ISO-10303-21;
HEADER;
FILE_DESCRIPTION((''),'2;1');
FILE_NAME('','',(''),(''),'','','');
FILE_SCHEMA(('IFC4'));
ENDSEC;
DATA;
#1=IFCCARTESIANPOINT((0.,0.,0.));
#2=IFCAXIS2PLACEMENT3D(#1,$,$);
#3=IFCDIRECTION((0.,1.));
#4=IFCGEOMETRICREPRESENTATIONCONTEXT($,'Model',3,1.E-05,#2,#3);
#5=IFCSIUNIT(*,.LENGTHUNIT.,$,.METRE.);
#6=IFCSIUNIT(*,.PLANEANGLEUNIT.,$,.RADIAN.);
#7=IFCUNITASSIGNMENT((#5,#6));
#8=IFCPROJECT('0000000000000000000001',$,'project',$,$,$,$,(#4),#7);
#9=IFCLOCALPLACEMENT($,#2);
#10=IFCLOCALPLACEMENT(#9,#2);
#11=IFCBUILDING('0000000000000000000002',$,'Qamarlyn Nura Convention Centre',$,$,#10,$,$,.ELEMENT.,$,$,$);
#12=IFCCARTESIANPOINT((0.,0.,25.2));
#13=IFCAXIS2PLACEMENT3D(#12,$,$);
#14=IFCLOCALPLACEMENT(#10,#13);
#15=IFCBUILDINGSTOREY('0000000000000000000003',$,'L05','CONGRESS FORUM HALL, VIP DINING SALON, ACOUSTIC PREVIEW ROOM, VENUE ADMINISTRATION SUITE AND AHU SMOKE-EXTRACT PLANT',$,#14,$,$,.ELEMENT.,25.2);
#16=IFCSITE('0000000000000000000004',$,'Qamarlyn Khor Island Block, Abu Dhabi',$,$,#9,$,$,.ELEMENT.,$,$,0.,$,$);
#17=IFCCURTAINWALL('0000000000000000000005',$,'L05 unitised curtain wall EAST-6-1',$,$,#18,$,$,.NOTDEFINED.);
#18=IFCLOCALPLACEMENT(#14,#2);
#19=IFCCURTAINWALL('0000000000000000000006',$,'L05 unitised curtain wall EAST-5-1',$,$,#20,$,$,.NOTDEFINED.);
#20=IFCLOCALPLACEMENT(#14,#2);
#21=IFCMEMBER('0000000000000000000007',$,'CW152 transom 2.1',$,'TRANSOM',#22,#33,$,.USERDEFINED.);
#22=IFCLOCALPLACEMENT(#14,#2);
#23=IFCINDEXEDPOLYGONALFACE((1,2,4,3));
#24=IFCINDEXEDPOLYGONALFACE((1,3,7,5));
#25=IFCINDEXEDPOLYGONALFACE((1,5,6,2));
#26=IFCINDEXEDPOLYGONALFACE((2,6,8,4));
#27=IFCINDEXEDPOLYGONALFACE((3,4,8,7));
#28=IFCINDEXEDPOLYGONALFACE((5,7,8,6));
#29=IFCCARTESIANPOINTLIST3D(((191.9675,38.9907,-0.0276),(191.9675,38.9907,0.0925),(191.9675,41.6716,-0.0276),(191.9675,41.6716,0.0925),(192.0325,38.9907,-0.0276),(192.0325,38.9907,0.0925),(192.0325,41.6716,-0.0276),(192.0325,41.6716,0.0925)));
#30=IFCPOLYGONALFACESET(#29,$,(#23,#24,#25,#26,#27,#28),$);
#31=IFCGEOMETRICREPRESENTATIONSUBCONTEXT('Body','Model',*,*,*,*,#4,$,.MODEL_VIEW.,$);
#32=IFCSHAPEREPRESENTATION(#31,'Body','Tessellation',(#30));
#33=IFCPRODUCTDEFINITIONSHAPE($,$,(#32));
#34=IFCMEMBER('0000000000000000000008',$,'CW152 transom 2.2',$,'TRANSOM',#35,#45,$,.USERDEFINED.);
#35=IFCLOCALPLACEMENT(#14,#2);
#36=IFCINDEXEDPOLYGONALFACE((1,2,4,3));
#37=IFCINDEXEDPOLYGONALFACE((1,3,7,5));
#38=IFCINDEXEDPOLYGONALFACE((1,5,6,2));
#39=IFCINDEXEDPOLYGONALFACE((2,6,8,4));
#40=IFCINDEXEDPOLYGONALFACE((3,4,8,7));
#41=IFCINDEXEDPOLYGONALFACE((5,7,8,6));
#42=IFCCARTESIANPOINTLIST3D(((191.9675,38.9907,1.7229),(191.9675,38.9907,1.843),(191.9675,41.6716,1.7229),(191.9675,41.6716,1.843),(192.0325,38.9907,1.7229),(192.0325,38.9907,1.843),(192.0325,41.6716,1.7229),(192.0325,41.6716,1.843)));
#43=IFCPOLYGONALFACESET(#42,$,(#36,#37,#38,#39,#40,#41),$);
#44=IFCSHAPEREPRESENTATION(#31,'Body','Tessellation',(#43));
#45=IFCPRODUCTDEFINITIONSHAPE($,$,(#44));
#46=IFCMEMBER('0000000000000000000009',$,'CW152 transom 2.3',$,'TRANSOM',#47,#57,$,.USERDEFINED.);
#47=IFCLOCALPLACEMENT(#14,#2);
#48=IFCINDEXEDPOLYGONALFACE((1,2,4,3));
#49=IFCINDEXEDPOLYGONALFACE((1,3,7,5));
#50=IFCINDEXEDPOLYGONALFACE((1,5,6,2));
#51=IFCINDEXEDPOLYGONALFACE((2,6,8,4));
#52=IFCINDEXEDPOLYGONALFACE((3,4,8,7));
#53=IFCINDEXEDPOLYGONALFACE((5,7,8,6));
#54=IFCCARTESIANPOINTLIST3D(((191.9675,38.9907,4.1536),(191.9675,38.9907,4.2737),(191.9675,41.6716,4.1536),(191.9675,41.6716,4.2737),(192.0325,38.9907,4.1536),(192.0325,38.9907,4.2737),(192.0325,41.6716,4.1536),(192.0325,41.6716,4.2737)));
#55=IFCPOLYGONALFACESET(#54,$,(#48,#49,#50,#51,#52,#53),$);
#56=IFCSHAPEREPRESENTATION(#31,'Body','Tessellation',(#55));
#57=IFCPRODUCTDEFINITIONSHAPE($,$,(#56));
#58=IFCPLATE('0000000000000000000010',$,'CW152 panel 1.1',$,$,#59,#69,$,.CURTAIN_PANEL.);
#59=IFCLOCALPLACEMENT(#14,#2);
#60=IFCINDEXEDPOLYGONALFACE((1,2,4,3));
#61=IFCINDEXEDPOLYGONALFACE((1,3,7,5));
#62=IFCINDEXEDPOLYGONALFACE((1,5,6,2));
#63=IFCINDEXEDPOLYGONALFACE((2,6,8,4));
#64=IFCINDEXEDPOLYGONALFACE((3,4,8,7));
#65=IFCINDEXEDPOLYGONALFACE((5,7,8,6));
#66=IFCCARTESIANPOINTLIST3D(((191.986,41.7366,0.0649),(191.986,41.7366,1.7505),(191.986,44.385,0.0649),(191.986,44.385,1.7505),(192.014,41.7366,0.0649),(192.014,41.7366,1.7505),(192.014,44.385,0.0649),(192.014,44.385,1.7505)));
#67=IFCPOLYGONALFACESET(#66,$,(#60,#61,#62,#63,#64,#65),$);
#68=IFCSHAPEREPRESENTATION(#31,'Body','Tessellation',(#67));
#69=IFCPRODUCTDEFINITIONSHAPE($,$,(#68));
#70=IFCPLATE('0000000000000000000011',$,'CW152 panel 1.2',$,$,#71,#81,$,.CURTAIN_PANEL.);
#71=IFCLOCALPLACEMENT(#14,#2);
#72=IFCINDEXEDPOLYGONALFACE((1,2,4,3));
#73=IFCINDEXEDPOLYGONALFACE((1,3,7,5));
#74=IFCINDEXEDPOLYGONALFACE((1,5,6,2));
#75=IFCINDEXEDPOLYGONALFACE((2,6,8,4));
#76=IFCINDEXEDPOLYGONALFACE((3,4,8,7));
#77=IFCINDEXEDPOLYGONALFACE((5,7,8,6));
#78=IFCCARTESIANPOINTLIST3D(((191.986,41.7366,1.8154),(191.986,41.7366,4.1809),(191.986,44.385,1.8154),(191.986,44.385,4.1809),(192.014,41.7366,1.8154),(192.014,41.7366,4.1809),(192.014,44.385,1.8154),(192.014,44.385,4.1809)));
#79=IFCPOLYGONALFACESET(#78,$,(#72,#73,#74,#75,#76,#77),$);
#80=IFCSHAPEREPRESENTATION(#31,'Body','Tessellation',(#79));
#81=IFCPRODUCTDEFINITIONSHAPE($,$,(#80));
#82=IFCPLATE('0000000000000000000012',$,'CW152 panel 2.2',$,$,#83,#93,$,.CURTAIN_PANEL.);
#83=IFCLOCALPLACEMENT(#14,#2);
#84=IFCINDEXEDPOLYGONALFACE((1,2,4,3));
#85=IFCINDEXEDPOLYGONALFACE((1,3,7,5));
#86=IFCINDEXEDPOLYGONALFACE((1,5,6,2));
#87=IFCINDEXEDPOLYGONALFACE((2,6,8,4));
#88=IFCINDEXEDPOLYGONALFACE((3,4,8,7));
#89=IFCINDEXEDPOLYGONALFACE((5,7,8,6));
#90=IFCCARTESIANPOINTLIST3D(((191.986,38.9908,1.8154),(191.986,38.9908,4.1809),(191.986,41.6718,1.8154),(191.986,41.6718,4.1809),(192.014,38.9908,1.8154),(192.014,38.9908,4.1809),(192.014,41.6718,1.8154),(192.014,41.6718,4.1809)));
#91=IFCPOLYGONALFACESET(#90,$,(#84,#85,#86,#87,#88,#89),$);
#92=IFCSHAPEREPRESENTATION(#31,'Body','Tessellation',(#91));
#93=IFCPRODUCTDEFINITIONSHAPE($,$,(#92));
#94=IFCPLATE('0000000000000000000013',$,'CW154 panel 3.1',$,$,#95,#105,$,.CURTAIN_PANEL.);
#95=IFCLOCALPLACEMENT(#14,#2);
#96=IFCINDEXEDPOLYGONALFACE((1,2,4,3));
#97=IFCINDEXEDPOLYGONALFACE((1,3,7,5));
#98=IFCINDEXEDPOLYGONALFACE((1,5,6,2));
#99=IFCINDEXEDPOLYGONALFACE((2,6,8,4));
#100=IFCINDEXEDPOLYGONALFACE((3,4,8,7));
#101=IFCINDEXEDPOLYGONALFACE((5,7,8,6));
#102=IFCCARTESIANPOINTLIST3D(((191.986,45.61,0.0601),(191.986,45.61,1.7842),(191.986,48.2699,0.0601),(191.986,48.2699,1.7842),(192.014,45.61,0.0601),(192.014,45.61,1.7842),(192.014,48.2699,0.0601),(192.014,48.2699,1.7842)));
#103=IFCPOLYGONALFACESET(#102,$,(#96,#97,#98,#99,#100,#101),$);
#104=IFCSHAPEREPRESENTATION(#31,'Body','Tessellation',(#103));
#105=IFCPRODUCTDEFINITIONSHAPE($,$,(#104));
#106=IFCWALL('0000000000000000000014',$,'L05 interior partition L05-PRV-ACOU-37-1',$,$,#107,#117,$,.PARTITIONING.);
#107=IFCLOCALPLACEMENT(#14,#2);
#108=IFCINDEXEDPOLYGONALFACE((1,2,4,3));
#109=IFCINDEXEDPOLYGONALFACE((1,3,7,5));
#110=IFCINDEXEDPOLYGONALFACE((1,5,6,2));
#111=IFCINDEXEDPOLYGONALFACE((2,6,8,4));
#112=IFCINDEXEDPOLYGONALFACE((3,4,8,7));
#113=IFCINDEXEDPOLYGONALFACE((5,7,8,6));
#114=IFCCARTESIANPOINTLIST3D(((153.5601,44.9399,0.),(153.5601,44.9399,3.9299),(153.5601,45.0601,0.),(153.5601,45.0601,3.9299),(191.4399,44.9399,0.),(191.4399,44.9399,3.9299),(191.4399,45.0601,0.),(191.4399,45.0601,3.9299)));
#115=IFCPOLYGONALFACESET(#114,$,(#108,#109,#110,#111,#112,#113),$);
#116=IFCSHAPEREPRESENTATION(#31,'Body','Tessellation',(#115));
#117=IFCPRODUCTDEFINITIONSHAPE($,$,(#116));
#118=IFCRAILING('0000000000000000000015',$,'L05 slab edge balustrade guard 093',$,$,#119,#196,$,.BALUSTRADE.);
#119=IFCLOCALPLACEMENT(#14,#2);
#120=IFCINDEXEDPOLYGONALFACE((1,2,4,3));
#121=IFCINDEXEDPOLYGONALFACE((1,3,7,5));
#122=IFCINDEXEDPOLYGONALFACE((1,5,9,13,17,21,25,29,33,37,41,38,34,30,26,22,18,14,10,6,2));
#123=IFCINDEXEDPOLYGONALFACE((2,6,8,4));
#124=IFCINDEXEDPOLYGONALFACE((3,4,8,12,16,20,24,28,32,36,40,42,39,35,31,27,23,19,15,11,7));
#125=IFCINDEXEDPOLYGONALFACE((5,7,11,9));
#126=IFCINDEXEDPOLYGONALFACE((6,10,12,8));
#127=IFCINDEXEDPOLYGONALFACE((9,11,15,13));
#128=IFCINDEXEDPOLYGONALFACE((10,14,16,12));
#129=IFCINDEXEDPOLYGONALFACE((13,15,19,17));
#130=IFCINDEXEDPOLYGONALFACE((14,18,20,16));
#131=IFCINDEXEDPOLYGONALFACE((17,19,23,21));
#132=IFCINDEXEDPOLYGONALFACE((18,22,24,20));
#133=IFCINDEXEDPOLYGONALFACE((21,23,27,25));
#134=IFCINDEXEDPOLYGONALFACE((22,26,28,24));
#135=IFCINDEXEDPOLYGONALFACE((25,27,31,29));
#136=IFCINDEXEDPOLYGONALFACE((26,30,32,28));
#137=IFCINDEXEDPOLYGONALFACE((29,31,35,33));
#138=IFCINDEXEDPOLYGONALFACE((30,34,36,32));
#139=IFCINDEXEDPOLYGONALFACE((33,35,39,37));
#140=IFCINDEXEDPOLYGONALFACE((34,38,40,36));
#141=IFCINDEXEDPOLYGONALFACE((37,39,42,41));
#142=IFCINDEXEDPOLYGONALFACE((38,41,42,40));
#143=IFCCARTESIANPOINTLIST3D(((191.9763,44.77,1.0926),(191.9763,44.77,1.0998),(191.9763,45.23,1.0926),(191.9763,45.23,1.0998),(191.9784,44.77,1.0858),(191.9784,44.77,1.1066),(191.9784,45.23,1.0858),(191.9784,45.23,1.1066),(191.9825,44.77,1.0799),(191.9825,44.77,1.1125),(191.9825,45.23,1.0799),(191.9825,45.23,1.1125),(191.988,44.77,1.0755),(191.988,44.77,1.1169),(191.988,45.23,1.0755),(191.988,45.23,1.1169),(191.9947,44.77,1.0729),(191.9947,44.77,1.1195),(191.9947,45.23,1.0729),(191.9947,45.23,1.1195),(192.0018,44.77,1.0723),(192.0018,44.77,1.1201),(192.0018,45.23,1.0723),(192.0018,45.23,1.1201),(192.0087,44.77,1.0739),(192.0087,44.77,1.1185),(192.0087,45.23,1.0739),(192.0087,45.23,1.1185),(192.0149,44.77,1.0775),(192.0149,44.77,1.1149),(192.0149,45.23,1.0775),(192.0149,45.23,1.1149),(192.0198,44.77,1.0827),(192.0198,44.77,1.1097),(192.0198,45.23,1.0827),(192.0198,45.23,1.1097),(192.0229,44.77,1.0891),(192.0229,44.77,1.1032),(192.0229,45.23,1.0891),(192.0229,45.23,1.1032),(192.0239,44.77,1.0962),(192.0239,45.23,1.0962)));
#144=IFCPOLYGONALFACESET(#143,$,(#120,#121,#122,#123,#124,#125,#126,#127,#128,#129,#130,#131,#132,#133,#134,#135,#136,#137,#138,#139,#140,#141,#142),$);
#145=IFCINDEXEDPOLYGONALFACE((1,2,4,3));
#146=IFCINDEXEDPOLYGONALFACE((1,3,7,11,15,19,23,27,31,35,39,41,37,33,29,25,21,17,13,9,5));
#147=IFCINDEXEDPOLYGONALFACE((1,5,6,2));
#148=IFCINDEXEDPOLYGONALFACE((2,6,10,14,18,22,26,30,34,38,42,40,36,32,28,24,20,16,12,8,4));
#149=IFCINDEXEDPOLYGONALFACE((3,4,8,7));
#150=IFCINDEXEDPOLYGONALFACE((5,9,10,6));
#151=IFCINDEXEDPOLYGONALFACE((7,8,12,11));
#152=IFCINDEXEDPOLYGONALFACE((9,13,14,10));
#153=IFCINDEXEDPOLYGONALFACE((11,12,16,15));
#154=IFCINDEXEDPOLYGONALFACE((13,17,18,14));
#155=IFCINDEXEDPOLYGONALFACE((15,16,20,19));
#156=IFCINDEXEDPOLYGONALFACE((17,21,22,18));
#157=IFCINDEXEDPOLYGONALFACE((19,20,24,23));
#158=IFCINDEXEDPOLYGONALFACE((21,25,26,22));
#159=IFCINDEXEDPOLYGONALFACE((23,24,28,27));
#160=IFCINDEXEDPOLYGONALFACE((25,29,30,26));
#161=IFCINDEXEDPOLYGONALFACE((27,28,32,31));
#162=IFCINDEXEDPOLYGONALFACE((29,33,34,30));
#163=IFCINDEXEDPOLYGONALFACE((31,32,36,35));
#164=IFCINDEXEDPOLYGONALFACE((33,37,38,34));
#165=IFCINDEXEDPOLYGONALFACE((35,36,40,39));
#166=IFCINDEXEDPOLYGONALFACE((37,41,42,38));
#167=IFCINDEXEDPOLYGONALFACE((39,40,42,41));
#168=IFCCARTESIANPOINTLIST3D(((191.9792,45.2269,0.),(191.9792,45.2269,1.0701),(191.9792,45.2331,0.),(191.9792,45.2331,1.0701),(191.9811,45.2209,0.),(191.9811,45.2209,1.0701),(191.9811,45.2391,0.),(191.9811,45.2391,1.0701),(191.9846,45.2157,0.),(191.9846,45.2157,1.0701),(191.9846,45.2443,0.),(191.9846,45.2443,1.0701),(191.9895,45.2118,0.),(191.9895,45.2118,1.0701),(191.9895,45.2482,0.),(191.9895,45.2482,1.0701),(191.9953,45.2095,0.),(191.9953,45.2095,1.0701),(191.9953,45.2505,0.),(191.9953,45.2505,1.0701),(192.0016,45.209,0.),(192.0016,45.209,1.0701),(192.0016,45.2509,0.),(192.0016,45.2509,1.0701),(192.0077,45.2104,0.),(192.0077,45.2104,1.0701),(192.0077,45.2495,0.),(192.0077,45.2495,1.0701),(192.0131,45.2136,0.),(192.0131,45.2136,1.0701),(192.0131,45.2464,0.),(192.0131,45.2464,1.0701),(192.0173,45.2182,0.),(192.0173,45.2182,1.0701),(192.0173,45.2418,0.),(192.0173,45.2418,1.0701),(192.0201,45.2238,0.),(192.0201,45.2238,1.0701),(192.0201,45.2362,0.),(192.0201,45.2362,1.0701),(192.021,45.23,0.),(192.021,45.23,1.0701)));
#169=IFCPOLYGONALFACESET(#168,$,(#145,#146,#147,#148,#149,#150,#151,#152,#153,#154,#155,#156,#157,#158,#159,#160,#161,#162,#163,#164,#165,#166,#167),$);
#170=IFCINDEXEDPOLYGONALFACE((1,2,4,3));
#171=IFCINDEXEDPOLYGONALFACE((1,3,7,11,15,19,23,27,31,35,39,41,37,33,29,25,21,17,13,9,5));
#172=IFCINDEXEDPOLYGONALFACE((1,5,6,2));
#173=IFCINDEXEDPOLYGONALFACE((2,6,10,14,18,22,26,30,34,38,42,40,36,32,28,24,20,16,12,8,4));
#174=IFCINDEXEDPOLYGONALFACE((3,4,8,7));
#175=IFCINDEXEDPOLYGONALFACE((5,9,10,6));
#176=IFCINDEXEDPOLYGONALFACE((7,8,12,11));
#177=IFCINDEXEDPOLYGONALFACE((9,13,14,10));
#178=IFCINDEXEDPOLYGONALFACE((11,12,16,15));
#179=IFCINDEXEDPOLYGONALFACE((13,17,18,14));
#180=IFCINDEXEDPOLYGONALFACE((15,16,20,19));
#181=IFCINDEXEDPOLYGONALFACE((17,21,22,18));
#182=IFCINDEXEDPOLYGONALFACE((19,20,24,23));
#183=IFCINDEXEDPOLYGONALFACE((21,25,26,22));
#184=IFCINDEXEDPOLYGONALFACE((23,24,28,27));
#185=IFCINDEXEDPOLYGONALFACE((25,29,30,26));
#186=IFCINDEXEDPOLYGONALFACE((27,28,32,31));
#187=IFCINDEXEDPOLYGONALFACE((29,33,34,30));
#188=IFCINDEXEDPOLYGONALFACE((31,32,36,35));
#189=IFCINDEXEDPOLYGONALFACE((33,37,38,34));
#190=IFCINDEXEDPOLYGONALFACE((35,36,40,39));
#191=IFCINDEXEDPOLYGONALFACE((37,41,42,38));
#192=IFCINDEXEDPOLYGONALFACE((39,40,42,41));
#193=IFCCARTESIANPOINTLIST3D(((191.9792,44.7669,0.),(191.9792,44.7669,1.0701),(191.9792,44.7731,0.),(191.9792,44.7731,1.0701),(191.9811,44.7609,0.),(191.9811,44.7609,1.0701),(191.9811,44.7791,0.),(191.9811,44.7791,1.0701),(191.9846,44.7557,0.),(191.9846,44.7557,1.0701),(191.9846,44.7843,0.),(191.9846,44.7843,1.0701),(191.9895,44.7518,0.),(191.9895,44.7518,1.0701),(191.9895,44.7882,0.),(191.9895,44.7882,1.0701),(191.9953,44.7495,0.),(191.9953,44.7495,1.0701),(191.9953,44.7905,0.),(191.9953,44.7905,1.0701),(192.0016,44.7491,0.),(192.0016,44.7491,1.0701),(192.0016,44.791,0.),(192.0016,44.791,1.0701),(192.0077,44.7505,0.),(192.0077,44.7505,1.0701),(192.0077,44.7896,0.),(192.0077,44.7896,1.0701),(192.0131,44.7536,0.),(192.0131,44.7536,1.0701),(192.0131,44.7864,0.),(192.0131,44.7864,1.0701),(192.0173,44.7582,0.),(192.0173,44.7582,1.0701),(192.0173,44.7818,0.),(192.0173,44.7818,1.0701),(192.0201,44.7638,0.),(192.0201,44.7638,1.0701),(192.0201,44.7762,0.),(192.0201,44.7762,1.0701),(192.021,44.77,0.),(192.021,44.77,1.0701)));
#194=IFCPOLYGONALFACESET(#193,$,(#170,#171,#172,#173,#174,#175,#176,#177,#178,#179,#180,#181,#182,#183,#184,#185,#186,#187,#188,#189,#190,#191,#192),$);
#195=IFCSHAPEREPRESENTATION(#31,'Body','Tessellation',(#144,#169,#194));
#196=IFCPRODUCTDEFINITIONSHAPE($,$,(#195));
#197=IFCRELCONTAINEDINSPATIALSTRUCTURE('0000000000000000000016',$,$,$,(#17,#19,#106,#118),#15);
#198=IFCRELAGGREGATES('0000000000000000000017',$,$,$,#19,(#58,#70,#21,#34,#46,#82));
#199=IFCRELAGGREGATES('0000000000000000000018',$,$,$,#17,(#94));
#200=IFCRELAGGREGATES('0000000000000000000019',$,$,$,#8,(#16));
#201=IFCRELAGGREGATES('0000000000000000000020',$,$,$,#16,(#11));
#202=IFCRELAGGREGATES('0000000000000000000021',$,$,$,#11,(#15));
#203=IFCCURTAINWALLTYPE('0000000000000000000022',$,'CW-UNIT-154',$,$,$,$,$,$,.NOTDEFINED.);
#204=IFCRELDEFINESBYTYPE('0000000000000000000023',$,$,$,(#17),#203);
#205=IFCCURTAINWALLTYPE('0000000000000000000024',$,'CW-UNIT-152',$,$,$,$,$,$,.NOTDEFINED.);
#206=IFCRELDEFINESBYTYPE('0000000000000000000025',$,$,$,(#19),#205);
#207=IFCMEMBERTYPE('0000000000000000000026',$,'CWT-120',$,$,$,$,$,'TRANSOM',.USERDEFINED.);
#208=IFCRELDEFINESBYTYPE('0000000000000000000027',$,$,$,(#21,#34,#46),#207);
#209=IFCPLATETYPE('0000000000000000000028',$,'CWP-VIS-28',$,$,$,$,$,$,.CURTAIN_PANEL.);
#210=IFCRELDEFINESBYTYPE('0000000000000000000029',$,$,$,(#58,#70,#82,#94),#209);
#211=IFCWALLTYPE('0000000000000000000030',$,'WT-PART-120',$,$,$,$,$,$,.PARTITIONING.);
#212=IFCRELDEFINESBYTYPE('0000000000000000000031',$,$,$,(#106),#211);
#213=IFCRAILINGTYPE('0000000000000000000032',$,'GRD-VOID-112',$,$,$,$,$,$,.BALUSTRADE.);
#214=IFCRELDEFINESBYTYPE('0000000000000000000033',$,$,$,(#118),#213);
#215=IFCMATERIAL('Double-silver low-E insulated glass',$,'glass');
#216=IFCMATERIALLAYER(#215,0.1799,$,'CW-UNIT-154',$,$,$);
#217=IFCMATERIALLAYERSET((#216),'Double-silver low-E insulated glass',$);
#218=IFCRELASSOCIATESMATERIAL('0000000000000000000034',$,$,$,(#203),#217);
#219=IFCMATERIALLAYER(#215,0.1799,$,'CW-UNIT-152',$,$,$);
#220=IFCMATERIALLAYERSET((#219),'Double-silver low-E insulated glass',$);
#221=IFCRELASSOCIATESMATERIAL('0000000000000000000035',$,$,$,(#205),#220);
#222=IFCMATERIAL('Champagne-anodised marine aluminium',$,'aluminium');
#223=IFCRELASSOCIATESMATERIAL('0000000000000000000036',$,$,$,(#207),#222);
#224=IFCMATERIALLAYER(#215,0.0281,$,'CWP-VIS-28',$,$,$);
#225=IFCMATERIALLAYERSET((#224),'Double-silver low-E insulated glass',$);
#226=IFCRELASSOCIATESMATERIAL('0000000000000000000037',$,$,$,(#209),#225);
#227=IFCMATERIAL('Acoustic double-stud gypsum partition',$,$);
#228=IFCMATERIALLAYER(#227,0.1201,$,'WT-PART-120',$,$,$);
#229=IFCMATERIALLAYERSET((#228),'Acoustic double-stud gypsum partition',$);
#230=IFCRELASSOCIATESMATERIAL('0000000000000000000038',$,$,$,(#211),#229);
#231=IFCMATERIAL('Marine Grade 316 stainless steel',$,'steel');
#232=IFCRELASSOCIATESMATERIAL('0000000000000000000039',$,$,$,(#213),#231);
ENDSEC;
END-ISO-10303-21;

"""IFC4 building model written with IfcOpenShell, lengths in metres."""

from ifc_helpers import new_model, si_unit, direction, frame, frame_2d, origin, origin_2d, place, context, subcontext, project, spatial, rectangle, circle, extrude, material, layer, layer_set, material_profile, profile_set, type_object, element, aggregate, save


model = new_model("IFC4")

# Units and contexts
model_context = context("Model", 3, precision=1e-05, world=origin(), true_north=direction((0.0, 1.0)))
body_context = subcontext(model_context, "Body", "Model", "MODEL_VIEW")
ifc_project = project(units=[si_unit("LENGTHUNIT", "METRE"), si_unit("PLANEANGLEUNIT", "RADIAN")], contexts=[model_context])

# Site, building, storey
site_placement = place(None, origin())
site = spatial("IfcSite", under=ifc_project, at=site_placement, Name="Qamarlyn Khor Island Block, Abu Dhabi", CompositionType="ELEMENT", RefElevation=0.0)
building_placement = place(site_placement, origin())
building = spatial("IfcBuilding", under=site, at=building_placement, Name="Qamarlyn Nura Convention Centre", CompositionType="ELEMENT")
storey_placement = place(building_placement, frame((0.0, 0.0, 25.2)))
storey = spatial("IfcBuildingStorey", under=building, at=storey_placement, Name="L05", Description="CONGRESS FORUM HALL, VIP DINING SALON, ACOUSTIC PREVIEW ROOM, VENUE ADMINISTRATION SUITE AND AHU SMOKE-EXTRACT PLANT", CompositionType="ELEMENT", Elevation=25.2)

# Curtain wall
ifc_material_1 = material(Name="Double-silver low-E insulated glass", Category="glass")
ifc_layer_1 = layer(ifc_material_1, 0.1799, Name="CW-UNIT-154")
ifc_layer_set_1 = layer_set([ifc_layer_1], Name="Double-silver low-E insulated glass")
curtain_wall_type_1 = type_object("IfcCurtainWallType", Name="CW-UNIT-154", PredefinedType="NOTDEFINED", material=ifc_layer_set_1)
curtain_wall_1_placement = place(storey_placement, origin())
curtain_wall_1 = element("IfcCurtainWall", 1, at=curtain_wall_1_placement, inside=storey, type_object=curtain_wall_type_1, Name="L05 unitised curtain wall EAST-6-1", PredefinedType="NOTDEFINED")
ifc_material_2 = material(Name="Champagne-anodised marine aluminium", Category="aluminium")

# Curtain wall, members, plates
ifc_layer_2 = layer(ifc_material_1, 0.1799, Name="CW-UNIT-152")
ifc_layer_set_2 = layer_set([ifc_layer_2], Name="Double-silver low-E insulated glass")
curtain_wall_type_2 = type_object("IfcCurtainWallType", Name="CW-UNIT-152", PredefinedType="NOTDEFINED", material=ifc_layer_set_2)
curtain_wall_2_placement = place(storey_placement, origin())
curtain_wall_2 = element("IfcCurtainWall", 2, at=curtain_wall_2_placement, inside=storey, type_object=curtain_wall_type_2, Name="L05 unitised curtain wall EAST-5-1", PredefinedType="NOTDEFINED")
ifc_material_profile_1 = material_profile(ifc_material_2, rectangle(XDim=0.0649, YDim=0.1201, at=origin_2d()), Name="ALU TRANSOM 65x120")
ifc_profile_set_1 = profile_set([ifc_material_profile_1], Name="Champagne-anodised marine aluminium")
member_type_1 = type_object("IfcMemberType", Name="CWT-120", ElementType="TRANSOM", PredefinedType="USERDEFINED", material=ifc_profile_set_1)
member_1_placement = place(storey_placement, frame((192.0, 41.6716, 0.0325), z_axis=(0.0, -1.0, 0.0), x_axis=(1.0, 0.0, 0.0)))
member_1 = element("IfcMember", 3, at=member_1_placement, type_object=member_type_1, Name="CW152 transom 2.1", ObjectType="TRANSOM", PredefinedType="USERDEFINED", context=body_context, shape_type="SweptSolid", body=[
    extrude(rectangle(XDim=0.0649, YDim=0.1201, at=origin_2d()), origin(), (0.0, 0.0, 1.0), 2.6809),
])
member_2_placement = place(storey_placement, frame((192.0, 41.6716, 1.783), z_axis=(0.0, -1.0, 0.0), x_axis=(1.0, 0.0, 0.0)))
member_2 = element("IfcMember", 4, at=member_2_placement, type_object=member_type_1, Name="CW152 transom 2.2", ObjectType="TRANSOM", PredefinedType="USERDEFINED", context=body_context, shape_type="SweptSolid", body=[
    extrude(rectangle(XDim=0.0649, YDim=0.1201, at=origin_2d()), origin(), (0.0, 0.0, 1.0), 2.6809),
])
member_3_placement = place(storey_placement, frame((192.0, 41.6716, 4.2136), z_axis=(0.0, -1.0, 0.0), x_axis=(1.0, 0.0, 0.0)))
member_3 = element("IfcMember", 5, at=member_3_placement, type_object=member_type_1, Name="CW152 transom 2.3", ObjectType="TRANSOM", PredefinedType="USERDEFINED", context=body_context, shape_type="SweptSolid", body=[
    extrude(rectangle(XDim=0.0649, YDim=0.1201, at=origin_2d()), origin(), (0.0, 0.0, 1.0), 2.6809),
])
ifc_layer_3 = layer(ifc_material_1, 0.0281, Name="CWP-VIS-28")
ifc_layer_set_3 = layer_set([ifc_layer_3], Name="Double-silver low-E insulated glass")
plate_type = type_object("IfcPlateType", Name="CWP-VIS-28", PredefinedType="CURTAIN_PANEL", material=ifc_layer_set_3)
plate_1_placement = place(storey_placement, frame((192.0, 43.0608, 0.0649), z_axis=(0.0, 0.0, 1.0), x_axis=(0.0, -1.0, 0.0)))
plate_1 = element("IfcPlate", 6, at=plate_1_placement, type_object=plate_type, Name="CW152 panel 1.1", PredefinedType="CURTAIN_PANEL", context=body_context, shape_type="SweptSolid", body=[
    extrude(rectangle(XDim=2.6484, YDim=0.0281, at=origin_2d()), origin(), (0.0, 0.0, 1.0), 1.6855),
])
plate_2_placement = place(storey_placement, frame((192.0, 43.0608, 1.8154), z_axis=(0.0, 0.0, 1.0), x_axis=(0.0, -1.0, 0.0)))
plate_2 = element("IfcPlate", 7, at=plate_2_placement, type_object=plate_type, Name="CW152 panel 1.2", PredefinedType="CURTAIN_PANEL", context=body_context, shape_type="SweptSolid", body=[
    extrude(rectangle(XDim=2.6484, YDim=0.0281, at=origin_2d()), origin(), (0.0, 0.0, 1.0), 2.3655),
])
plate_3_placement = place(storey_placement, frame((192.0, 40.3313, 1.8154), z_axis=(0.0, 0.0, 1.0), x_axis=(0.0, -1.0, 0.0)))
plate_3 = element("IfcPlate", 8, at=plate_3_placement, type_object=plate_type, Name="CW152 panel 2.2", PredefinedType="CURTAIN_PANEL", context=body_context, shape_type="SweptSolid", body=[
    extrude(rectangle(XDim=2.6809, YDim=0.0281, at=origin_2d()), origin(), (0.0, 0.0, 1.0), 2.3655),
])
aggregate(curtain_wall_2, [plate_1, plate_2, member_1, member_2, member_3, plate_3])

# Plate
plate_4_placement = place(storey_placement, frame((192.0, 46.9399, 0.0601), z_axis=(0.0, 0.0, 1.0), x_axis=(0.0, -1.0, 0.0)))
plate_4 = element("IfcPlate", 9, at=plate_4_placement, type_object=plate_type, Name="CW154 panel 3.1", PredefinedType="CURTAIN_PANEL", context=body_context, shape_type="SweptSolid", body=[
    extrude(rectangle(XDim=2.6599, YDim=0.0281, at=origin_2d()), origin(), (0.0, 0.0, 1.0), 1.7241),
])
aggregate(curtain_wall_1, [plate_4])

# Wall
ifc_material_3 = material(Name="Acoustic double-stud gypsum partition")
ifc_layer_4 = layer(ifc_material_3, 0.1201, Name="WT-PART-120")
ifc_layer_set_4 = layer_set([ifc_layer_4], Name="Acoustic double-stud gypsum partition")
wall_type = type_object("IfcWallType", Name="WT-PART-120", PredefinedType="PARTITIONING", material=ifc_layer_set_4)
wall_placement = place(storey_placement, frame((191.4399, 45.0, 0.0), z_axis=(0.0, 0.0, 1.0), x_axis=(-1.0, 0.0, 0.0)))
element("IfcWall", 10, at=wall_placement, inside=storey, type_object=wall_type, Name="L05 interior partition L05-PRV-ACOU-37-1", PredefinedType="PARTITIONING", context=body_context, shape_type="SweptSolid", body=[
    extrude(rectangle(XDim=37.8799, YDim=0.1201, at=frame_2d((18.9399, 0.0))), origin(), (0.0, 0.0, 1.0), 3.9299),
])

# Railing
ifc_material_4 = material(Name="Marine Grade 316 stainless steel", Category="steel")
railing_type = type_object("IfcRailingType", Name="GRD-VOID-112", PredefinedType="BALUSTRADE", material=ifc_material_4)
railing_placement = place(storey_placement, frame((192.0, 45.23, 0.0)))
element("IfcRailing", 11, at=railing_placement, inside=storey, type_object=railing_type, Name="L05 slab edge balustrade guard 093", PredefinedType="BALUSTRADE", context=body_context, shape_type="SweptSolid", body=[
    extrude(circle(Radius=0.0239, at=origin_2d()), frame((0.0, 0.0, 1.0962), z_axis=(0.0, -1.0, 0.0), x_axis=(1.0, 0.0, 0.0)), (0.0, 0.0, 1.0), 0.46),
    extrude(circle(Radius=0.021, at=origin_2d()), origin(), (0.0, 0.0, 1.0), 1.0701),
    extrude(circle(Radius=0.021, at=origin_2d()), frame((0.0, -0.46, 0.0)), (0.0, 0.0, 1.0), 1.0701),
])

save(model, "model.ifc")
